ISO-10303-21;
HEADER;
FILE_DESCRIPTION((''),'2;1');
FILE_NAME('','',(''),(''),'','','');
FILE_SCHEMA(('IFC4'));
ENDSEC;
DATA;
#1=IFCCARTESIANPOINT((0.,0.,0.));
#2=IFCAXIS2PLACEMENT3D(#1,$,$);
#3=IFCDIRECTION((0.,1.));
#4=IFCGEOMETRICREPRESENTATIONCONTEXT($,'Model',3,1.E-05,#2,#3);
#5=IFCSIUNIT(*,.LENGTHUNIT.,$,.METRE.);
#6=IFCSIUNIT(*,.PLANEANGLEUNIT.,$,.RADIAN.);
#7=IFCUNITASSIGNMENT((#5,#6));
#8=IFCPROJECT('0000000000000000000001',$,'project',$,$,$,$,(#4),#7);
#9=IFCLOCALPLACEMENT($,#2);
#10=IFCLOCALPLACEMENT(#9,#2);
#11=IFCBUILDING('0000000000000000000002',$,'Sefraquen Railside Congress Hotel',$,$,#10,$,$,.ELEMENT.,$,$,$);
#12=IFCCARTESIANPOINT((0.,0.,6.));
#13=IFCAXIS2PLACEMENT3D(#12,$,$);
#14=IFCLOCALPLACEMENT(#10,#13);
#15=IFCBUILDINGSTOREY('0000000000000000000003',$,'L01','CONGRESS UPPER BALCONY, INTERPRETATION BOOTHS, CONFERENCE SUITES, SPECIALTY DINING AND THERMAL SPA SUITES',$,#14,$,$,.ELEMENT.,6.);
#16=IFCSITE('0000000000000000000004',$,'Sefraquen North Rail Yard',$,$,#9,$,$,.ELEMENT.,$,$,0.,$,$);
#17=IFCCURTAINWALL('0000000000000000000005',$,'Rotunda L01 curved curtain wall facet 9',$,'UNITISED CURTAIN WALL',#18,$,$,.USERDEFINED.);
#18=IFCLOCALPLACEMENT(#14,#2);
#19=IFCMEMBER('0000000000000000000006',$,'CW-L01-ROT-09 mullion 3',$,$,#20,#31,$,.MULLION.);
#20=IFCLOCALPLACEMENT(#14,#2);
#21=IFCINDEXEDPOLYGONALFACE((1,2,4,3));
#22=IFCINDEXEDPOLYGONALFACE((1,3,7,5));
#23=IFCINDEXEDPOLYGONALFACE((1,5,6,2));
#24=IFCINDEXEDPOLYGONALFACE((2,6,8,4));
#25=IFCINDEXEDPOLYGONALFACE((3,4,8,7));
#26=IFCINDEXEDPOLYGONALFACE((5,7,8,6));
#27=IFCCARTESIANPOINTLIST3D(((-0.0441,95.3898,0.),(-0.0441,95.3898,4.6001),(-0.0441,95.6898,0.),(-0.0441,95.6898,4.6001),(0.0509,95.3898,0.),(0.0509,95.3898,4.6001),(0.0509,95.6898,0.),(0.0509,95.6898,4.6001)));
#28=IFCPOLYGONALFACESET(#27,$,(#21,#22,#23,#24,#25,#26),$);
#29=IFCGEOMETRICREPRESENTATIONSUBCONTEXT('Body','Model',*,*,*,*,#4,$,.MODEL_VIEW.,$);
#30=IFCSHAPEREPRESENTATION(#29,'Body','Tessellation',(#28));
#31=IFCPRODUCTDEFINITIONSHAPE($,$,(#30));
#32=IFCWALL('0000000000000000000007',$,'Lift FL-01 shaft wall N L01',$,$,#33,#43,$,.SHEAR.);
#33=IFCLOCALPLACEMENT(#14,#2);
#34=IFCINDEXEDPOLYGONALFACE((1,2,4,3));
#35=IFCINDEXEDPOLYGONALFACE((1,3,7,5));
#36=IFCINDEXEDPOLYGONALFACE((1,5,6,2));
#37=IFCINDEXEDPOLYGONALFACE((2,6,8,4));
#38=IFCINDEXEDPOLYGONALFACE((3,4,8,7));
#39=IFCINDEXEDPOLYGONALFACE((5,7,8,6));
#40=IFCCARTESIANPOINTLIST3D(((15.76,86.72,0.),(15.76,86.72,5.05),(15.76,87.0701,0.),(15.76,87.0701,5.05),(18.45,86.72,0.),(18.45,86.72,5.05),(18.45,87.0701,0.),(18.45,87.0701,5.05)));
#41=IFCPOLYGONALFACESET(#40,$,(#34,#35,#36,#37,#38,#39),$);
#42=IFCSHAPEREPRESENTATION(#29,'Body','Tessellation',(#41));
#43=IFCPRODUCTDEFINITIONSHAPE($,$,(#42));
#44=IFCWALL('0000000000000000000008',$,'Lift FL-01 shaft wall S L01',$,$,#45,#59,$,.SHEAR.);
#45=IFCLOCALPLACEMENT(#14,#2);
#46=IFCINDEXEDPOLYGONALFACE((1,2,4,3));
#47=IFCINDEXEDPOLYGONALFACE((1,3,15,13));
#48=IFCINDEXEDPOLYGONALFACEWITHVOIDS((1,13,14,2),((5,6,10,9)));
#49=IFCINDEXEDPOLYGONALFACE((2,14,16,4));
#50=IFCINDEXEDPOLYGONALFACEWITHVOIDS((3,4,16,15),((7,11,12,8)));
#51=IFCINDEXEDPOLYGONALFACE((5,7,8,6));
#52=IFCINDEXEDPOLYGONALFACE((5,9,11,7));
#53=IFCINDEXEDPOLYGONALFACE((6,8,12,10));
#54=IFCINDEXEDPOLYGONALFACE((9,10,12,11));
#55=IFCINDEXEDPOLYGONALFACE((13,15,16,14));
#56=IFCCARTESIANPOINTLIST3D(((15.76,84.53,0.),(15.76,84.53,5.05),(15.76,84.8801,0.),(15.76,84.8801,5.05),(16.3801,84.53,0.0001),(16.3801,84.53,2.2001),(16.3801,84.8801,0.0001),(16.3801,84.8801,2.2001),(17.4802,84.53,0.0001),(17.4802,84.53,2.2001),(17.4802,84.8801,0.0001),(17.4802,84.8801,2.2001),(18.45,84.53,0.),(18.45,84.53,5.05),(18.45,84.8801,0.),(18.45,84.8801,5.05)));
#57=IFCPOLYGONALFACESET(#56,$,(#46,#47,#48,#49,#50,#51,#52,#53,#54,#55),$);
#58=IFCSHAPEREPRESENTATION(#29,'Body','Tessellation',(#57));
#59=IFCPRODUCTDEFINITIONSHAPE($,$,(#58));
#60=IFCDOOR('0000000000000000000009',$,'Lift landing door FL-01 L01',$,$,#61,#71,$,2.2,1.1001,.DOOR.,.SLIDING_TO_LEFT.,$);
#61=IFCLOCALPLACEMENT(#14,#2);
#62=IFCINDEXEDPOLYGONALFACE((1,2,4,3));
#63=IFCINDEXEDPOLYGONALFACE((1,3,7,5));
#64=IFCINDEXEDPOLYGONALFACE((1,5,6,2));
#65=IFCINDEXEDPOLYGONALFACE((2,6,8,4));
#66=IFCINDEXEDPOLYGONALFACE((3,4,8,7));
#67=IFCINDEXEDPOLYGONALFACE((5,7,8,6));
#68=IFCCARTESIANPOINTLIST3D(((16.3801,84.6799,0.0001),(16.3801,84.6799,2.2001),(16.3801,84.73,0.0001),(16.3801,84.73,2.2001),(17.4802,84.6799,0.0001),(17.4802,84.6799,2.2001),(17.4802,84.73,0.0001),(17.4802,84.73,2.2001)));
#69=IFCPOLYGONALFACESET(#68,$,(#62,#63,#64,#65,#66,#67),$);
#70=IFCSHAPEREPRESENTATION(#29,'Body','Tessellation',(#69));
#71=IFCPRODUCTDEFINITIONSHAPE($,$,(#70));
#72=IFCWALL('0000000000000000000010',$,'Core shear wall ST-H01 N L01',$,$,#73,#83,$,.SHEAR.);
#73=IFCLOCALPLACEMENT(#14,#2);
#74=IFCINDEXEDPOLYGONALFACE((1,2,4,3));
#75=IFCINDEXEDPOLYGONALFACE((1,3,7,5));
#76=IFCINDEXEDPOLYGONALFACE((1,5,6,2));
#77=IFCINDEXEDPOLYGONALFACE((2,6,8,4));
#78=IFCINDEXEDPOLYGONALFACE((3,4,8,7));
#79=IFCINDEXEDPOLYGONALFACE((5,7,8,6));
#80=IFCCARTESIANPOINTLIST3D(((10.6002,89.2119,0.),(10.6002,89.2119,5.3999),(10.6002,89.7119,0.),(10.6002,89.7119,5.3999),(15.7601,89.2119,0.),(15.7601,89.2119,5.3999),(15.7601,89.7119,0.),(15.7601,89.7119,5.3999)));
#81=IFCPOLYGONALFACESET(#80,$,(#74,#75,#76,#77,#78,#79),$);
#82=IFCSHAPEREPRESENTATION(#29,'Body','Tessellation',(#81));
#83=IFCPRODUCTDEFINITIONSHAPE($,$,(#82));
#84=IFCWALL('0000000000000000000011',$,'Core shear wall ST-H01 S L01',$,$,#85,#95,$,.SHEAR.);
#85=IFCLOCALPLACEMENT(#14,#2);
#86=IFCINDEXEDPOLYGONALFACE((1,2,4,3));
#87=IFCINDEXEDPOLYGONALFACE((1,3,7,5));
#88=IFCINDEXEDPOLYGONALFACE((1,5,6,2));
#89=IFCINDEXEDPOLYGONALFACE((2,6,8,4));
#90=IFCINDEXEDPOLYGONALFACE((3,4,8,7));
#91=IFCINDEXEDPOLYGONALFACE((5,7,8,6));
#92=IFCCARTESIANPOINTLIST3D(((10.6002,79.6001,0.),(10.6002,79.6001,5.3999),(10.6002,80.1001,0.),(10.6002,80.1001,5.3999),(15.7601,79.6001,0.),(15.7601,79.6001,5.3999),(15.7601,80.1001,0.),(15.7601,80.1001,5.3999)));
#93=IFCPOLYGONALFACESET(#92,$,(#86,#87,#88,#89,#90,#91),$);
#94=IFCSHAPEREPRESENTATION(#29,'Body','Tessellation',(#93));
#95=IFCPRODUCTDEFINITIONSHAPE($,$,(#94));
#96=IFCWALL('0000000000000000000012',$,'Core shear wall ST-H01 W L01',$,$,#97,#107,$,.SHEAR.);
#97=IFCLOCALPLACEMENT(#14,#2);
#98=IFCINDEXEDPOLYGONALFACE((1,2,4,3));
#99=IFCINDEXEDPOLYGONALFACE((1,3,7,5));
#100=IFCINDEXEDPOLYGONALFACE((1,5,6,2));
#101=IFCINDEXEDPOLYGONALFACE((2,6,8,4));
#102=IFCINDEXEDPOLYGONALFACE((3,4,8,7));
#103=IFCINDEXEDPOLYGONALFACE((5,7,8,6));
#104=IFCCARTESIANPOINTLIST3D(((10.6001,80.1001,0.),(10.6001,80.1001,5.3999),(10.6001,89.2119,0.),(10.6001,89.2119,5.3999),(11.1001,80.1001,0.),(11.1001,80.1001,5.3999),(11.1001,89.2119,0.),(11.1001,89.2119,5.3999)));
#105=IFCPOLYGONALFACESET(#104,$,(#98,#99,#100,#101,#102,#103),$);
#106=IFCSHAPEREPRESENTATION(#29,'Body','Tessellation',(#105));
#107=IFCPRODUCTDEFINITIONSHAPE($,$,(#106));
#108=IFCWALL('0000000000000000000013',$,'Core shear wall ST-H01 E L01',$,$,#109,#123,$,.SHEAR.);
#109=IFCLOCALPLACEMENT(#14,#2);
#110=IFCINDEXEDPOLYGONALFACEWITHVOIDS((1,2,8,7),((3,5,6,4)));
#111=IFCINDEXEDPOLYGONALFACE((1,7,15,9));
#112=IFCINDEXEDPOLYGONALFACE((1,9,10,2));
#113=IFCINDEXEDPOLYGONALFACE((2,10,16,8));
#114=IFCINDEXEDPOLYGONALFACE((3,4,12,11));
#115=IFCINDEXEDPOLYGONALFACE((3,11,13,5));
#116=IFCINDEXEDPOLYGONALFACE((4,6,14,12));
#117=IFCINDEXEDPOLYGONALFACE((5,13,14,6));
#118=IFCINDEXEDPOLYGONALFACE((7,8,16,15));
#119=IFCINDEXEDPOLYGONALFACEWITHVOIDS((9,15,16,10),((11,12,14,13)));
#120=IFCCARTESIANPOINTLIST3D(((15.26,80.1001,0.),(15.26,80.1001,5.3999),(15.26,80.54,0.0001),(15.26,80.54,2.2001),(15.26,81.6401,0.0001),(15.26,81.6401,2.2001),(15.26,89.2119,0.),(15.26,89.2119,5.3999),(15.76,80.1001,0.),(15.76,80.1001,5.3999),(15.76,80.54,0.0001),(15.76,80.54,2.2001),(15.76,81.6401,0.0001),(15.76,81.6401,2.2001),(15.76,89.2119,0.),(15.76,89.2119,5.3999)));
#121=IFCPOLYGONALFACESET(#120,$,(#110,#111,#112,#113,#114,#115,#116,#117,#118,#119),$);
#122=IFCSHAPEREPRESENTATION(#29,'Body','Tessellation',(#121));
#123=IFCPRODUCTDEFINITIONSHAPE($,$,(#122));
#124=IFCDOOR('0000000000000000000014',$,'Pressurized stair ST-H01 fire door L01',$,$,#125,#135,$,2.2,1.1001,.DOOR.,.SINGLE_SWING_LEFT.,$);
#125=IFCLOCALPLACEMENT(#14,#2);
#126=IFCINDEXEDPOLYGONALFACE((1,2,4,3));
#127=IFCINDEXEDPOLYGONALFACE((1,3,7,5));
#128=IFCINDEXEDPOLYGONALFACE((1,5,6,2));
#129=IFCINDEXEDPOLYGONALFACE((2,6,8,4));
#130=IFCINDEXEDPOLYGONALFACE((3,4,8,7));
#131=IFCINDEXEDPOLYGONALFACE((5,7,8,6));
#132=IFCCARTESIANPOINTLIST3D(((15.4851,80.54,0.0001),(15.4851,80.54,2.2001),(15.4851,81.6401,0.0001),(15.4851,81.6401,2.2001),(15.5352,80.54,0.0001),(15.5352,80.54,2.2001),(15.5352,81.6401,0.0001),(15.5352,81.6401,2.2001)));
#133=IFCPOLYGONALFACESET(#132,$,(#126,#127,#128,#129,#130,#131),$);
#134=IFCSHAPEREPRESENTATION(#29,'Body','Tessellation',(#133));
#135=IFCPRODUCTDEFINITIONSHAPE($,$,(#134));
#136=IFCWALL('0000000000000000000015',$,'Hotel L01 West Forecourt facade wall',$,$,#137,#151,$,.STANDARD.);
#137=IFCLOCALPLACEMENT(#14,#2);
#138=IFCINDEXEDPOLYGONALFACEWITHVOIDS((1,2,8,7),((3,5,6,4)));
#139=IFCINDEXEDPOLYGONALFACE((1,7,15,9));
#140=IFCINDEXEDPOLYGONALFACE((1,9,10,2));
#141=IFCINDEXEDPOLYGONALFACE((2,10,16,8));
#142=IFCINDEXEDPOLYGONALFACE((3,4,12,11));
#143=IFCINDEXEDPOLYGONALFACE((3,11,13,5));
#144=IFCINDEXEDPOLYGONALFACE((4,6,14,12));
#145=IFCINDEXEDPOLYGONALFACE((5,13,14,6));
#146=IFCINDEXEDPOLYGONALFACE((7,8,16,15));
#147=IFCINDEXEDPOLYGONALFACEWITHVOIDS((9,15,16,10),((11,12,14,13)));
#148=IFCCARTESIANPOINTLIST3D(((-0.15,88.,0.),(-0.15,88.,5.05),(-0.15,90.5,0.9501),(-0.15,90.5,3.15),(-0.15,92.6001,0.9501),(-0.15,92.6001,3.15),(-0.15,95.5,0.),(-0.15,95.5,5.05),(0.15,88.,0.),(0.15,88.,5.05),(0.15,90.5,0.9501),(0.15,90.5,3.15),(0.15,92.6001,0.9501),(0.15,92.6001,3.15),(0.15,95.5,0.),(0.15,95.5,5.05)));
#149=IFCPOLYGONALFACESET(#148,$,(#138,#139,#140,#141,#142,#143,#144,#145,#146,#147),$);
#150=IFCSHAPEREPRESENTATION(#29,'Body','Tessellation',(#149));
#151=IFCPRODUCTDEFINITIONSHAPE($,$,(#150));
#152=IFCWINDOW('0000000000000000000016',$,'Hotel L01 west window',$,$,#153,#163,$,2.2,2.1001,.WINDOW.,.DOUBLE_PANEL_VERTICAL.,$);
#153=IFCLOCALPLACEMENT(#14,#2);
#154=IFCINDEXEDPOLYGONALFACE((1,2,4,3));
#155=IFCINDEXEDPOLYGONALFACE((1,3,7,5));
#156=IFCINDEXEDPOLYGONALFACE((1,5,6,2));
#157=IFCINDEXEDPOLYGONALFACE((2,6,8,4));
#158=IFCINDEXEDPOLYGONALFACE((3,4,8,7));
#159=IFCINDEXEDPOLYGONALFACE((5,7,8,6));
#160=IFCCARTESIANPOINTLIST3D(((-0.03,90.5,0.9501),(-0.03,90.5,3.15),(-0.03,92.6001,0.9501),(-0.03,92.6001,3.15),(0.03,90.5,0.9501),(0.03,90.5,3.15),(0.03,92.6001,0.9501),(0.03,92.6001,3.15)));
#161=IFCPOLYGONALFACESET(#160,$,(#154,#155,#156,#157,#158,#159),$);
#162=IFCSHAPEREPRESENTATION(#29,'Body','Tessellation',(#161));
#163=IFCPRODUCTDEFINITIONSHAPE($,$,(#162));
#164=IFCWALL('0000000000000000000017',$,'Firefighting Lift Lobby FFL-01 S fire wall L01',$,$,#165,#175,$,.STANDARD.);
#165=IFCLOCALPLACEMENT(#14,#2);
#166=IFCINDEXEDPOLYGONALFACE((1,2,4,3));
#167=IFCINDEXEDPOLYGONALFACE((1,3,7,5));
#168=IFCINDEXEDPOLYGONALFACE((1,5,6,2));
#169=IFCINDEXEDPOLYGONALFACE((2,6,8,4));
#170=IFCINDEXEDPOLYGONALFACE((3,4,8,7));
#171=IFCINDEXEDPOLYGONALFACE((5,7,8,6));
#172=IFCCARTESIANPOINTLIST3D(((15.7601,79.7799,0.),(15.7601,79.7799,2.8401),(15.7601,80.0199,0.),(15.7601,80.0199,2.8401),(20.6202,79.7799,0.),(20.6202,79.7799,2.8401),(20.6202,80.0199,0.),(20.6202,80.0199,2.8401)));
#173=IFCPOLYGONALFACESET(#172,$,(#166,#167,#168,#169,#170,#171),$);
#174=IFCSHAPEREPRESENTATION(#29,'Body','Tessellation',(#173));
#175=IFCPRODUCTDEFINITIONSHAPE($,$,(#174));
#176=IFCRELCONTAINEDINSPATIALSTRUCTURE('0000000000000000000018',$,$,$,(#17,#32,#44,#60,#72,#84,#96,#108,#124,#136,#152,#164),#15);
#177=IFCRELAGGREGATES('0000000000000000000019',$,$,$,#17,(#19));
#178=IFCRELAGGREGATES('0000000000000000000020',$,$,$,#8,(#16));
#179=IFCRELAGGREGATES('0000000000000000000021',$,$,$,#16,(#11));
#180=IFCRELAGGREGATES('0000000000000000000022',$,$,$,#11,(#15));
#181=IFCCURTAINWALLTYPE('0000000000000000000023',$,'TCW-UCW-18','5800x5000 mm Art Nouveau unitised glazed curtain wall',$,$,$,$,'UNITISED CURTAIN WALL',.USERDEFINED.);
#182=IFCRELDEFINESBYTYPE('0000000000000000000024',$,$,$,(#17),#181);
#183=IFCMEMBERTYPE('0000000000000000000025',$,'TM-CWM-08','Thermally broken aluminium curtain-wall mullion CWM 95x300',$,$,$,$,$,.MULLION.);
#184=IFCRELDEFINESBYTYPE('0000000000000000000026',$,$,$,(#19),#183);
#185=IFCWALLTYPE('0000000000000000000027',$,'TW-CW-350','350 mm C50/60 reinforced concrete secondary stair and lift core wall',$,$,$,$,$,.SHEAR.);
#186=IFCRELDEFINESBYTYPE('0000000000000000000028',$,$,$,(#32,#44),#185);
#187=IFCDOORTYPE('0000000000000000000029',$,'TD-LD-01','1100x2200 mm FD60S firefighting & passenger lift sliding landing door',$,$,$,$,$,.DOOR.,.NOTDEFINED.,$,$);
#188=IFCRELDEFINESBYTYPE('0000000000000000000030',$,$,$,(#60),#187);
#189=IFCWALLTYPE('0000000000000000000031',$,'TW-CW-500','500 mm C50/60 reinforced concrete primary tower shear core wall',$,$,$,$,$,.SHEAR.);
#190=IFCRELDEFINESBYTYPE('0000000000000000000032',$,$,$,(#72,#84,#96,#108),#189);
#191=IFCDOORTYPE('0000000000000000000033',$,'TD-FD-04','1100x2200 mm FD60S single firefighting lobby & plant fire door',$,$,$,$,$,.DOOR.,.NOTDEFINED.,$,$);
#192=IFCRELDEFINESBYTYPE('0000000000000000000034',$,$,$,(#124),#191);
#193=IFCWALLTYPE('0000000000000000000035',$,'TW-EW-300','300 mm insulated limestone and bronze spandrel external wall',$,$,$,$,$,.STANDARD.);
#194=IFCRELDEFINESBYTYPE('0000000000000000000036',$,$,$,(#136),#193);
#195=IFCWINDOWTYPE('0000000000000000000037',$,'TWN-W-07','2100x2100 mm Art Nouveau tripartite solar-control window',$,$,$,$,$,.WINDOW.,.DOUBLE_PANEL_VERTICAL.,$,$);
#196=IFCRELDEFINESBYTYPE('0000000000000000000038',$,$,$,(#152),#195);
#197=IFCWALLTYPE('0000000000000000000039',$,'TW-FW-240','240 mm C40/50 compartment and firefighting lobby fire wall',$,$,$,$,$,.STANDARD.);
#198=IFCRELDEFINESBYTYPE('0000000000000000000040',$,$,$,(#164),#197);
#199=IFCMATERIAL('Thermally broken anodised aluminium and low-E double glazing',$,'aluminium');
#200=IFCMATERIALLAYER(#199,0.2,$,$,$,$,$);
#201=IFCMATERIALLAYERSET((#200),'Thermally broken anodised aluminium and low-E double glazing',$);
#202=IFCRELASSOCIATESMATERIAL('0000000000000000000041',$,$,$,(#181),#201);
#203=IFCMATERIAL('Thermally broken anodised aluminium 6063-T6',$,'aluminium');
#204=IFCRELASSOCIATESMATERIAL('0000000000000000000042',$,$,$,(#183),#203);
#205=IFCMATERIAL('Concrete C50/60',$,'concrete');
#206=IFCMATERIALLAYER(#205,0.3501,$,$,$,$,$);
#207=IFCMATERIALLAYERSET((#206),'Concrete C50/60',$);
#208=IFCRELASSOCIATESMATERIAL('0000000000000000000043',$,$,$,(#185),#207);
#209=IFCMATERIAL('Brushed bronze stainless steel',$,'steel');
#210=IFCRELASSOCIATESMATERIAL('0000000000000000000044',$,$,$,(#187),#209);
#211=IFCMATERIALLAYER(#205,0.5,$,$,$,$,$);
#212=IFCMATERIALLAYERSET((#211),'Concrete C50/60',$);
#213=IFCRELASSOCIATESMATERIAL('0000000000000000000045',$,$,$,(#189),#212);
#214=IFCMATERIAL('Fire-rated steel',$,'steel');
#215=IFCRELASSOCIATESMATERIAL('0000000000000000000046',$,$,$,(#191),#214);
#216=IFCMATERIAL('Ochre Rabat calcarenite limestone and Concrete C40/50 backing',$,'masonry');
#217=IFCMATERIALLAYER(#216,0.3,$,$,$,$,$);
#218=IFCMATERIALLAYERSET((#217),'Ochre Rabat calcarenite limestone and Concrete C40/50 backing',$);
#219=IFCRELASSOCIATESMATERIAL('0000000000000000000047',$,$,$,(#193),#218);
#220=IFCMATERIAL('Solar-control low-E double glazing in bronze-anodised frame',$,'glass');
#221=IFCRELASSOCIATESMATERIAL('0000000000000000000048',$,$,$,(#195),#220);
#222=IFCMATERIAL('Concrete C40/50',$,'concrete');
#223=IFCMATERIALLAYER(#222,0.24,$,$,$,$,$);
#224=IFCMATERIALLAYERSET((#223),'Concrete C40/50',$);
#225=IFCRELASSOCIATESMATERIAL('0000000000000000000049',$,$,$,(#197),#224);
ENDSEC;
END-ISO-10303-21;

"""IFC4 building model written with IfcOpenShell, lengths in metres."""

from ifc_helpers import new_model, si_unit, direction, frame, frame_2d, origin, origin_2d, place, context, subcontext, project, spatial, rectangle, extrude, material, layer, layer_set, material_profile, profile_set, type_object, element, fill, aggregate, save


model = new_model("IFC4")

# Units and contexts
model_context = context("Model", 3, precision=1e-05, world=origin(), true_north=direction((0.0, 1.0)))
body_context = subcontext(model_context, "Body", "Model", "MODEL_VIEW")
ifc_project = project(units=[si_unit("LENGTHUNIT", "METRE"), si_unit("PLANEANGLEUNIT", "RADIAN")], contexts=[model_context])

# Site, building, storey
site_placement = place(None, origin())
site = spatial("IfcSite", under=ifc_project, at=site_placement, Name="Sefraquen North Rail Yard", CompositionType="ELEMENT", RefElevation=0.0)
building_placement = place(site_placement, origin())
building = spatial("IfcBuilding", under=site, at=building_placement, Name="Sefraquen Railside Congress Hotel", CompositionType="ELEMENT")
storey_placement = place(building_placement, frame((0.0, 0.0, 6.0)))
storey = spatial("IfcBuildingStorey", under=building, at=storey_placement, Name="L01", Description="CONGRESS UPPER BALCONY, INTERPRETATION BOOTHS, CONFERENCE SUITES, SPECIALTY DINING AND THERMAL SPA SUITES", CompositionType="ELEMENT", Elevation=6.0)

# Curtain wall, member
ifc_material_1 = material(Name="Thermally broken anodised aluminium and low-E double glazing", Category="aluminium")
ifc_layer_1 = layer(ifc_material_1, 0.2)
ifc_layer_set_1 = layer_set([ifc_layer_1], Name="Thermally broken anodised aluminium and low-E double glazing")
curtain_wall_type = type_object("IfcCurtainWallType", Name="TCW-UCW-18", Description="5800x5000 mm Art Nouveau unitised glazed curtain wall", ElementType="UNITISED CURTAIN WALL", PredefinedType="USERDEFINED", material=ifc_layer_set_1)
curtain_wall_placement = place(storey_placement, origin())
curtain_wall = element("IfcCurtainWall", 1, at=curtain_wall_placement, inside=storey, type_object=curtain_wall_type, Name="Rotunda L01 curved curtain wall facet 9", ObjectType="UNITISED CURTAIN WALL", PredefinedType="USERDEFINED")
ifc_material_2 = material(Name="Thermally broken anodised aluminium 6063-T6", Category="aluminium")
ifc_material_profile_1 = material_profile(ifc_material_2, rectangle(XDim=0.095, YDim=0.3, at=origin_2d()), Name="CWM 95x300")
ifc_profile_set_1 = profile_set([ifc_material_profile_1], Name="Thermally broken anodised aluminium 6063-T6")
member_type = type_object("IfcMemberType", Name="TM-CWM-08", Description="Thermally broken aluminium curtain-wall mullion CWM 95x300", PredefinedType="MULLION", material=ifc_profile_set_1)
member_placement = place(storey_placement, frame((0.0034, 95.5398, 0.0), z_axis=(0.0, 0.0, 1.0), x_axis=(1.0, 0.0, 0.0)))
member = element("IfcMember", 2, at=member_placement, type_object=member_type, Name="CW-L01-ROT-09 mullion 3", PredefinedType="MULLION", context=body_context, shape_type="SweptSolid", body=[
    extrude(rectangle(XDim=0.095, YDim=0.3, at=origin_2d()), origin(), (0.0, 0.0, 1.0), 4.6001),
])
aggregate(curtain_wall, [member])

# Wall
ifc_material_3 = material(Name="Concrete C50/60", Category="concrete")
ifc_layer_2 = layer(ifc_material_3, 0.3501)
ifc_layer_set_2 = layer_set([ifc_layer_2], Name="Concrete C50/60")
wall_type_1 = type_object("IfcWallType", Name="TW-CW-350", Description="350 mm C50/60 reinforced concrete secondary stair and lift core wall", PredefinedType="SHEAR", material=ifc_layer_set_2)
wall_1_placement = place(storey_placement, frame((15.76, 86.895, 0.0), z_axis=(0.0, 0.0, 1.0), x_axis=(1.0, 0.0, 0.0)))
element("IfcWall", 3, at=wall_1_placement, inside=storey, type_object=wall_type_1, Name="Lift FL-01 shaft wall N L01", PredefinedType="SHEAR", context=body_context, shape_type="SweptSolid", body=[
    extrude(rectangle(XDim=2.6899, YDim=0.3501, at=frame_2d((1.345, 0.0))), origin(), (0.0, 0.0, 1.0), 5.05),
])

# Wall, opening, door
wall_2_placement = place(storey_placement, frame((15.76, 84.7051, 0.0), z_axis=(0.0, 0.0, 1.0), x_axis=(1.0, 0.0, 0.0)))
wall_2 = element("IfcWall", 4, at=wall_2_placement, inside=storey, type_object=wall_type_1, Name="Lift FL-01 shaft wall S L01", PredefinedType="SHEAR", context=body_context, shape_type="SweptSolid", body=[
    extrude(rectangle(XDim=2.6899, YDim=0.3501, at=frame_2d((1.345, 0.0))), origin(), (0.0, 0.0, 1.0), 5.05),
])
opening_1_placement = place(wall_2_placement, frame((0.6201, 0.0, 0.0)))
opening_1 = element("IfcOpeningElement", 5, at=opening_1_placement, cuts=wall_2, PredefinedType="OPENING", context=body_context, shape_type="SweptSolid", body=[
    extrude(rectangle(XDim=1.1001, YDim=2.2, at=frame_2d((0.55, 1.1001))), frame((0.0, 0.1851, 0.0), z_axis=(0.0, -1.0, 0.0), x_axis=(1.0, 0.0, 0.0)), (0.0, 0.0, 1.0), 0.3701),
])
ifc_material_4 = material(Name="Brushed bronze stainless steel", Category="steel")
door_type_1 = type_object("IfcDoorType", Name="TD-LD-01", Description="1100x2200 mm FD60S firefighting & passenger lift sliding landing door", OperationType="NOTDEFINED", PredefinedType="DOOR", material=ifc_material_4)
door_1_placement = place(opening_1_placement, origin())
door_1 = element("IfcDoor", 6, at=door_1_placement, inside=storey, type_object=door_type_1, Name="Lift landing door FL-01 L01", OperationType="SLIDING_TO_LEFT", OverallHeight=2.2, OverallWidth=1.1001, PredefinedType="DOOR", context=body_context, shape_type="SweptSolid", body=[
    extrude(rectangle(XDim=1.1001, YDim=2.2, at=frame_2d((0.55, 1.1001))), frame((0.0, 0.0249, 0.0), z_axis=(0.0, -1.0, 0.0), x_axis=(1.0, 0.0, 0.0)), (0.0, 0.0, 1.0), 0.05),
])
fill(opening_1, door_1)

# Walls
ifc_layer_3 = layer(ifc_material_3, 0.5)
ifc_layer_set_3 = layer_set([ifc_layer_3], Name="Concrete C50/60")
wall_type_2 = type_object("IfcWallType", Name="TW-CW-500", Description="500 mm C50/60 reinforced concrete primary tower shear core wall", PredefinedType="SHEAR", material=ifc_layer_set_3)
for number, where, z_axis, x_axis, name in (
    (7, (10.6001, 89.4619, 0.0), (0.0, 0.0, 1.0), (1.0, 0.0, 0.0), "Core shear wall ST-H01 N L01"),
    (8, (10.6001, 79.8501, 0.0), (0.0, 0.0, 1.0), (1.0, 0.0, 0.0), "Core shear wall ST-H01 S L01"),
):
    element("IfcWall", number, at=place(storey_placement, frame(where, z_axis=z_axis, x_axis=x_axis)), inside=storey, type_object=wall_type_2, Name=name, PredefinedType="SHEAR", context=body_context, shape_type="SweptSolid", body=[
        extrude(rectangle(XDim=5.1599, YDim=0.5, at=frame_2d((2.5801, 0.0))), origin(), (0.0, 0.0, 1.0), 5.3999),
    ])
wall_3_placement = place(storey_placement, frame((10.8501, 80.1001, 0.0), z_axis=(0.0, 0.0, 1.0), x_axis=(0.0, 1.0, 0.0)))
element("IfcWall", 9, at=wall_3_placement, inside=storey, type_object=wall_type_2, Name="Core shear wall ST-H01 W L01", PredefinedType="SHEAR", context=body_context, shape_type="SweptSolid", body=[
    extrude(rectangle(XDim=9.1118, YDim=0.5, at=frame_2d((4.5559, 0.0))), origin(), (0.0, 0.0, 1.0), 5.3999),
])

# Wall, opening, door
wall_4_placement = place(storey_placement, frame((15.51, 80.1001, 0.0), z_axis=(0.0, 0.0, 1.0), x_axis=(0.0, 1.0, 0.0)))
wall_4 = element("IfcWall", 10, at=wall_4_placement, inside=storey, type_object=wall_type_2, Name="Core shear wall ST-H01 E L01", PredefinedType="SHEAR", context=body_context, shape_type="SweptSolid", body=[
    extrude(rectangle(XDim=9.1118, YDim=0.5, at=frame_2d((4.5559, 0.0))), origin(), (0.0, 0.0, 1.0), 5.3999),
])
opening_2_placement = place(wall_4_placement, frame((0.4399, 0.0, 0.0)))
opening_2 = element("IfcOpeningElement", 11, at=opening_2_placement, cuts=wall_4, PredefinedType="OPENING", context=body_context, shape_type="SweptSolid", body=[
    extrude(rectangle(XDim=1.1001, YDim=2.2, at=frame_2d((0.55, 1.1001))), frame((0.0, 0.26, 0.0), z_axis=(0.0, -1.0, 0.0), x_axis=(1.0, 0.0, 0.0)), (0.0, 0.0, 1.0), 0.52),
])
ifc_material_5 = material(Name="Fire-rated steel", Category="steel")
door_type_2 = type_object("IfcDoorType", Name="TD-FD-04", Description="1100x2200 mm FD60S single firefighting lobby & plant fire door", OperationType="NOTDEFINED", PredefinedType="DOOR", material=ifc_material_5)
door_2_placement = place(opening_2_placement, origin())
door_2 = element("IfcDoor", 12, at=door_2_placement, inside=storey, type_object=door_type_2, Name="Pressurized stair ST-H01 fire door L01", OperationType="SINGLE_SWING_LEFT", OverallHeight=2.2, OverallWidth=1.1001, PredefinedType="DOOR", context=body_context, shape_type="SweptSolid", body=[
    extrude(rectangle(XDim=1.1001, YDim=2.2, at=frame_2d((0.55, 1.1001))), frame((0.0, 0.0249, 0.0), z_axis=(0.0, -1.0, 0.0), x_axis=(1.0, 0.0, 0.0)), (0.0, 0.0, 1.0), 0.05),
])
fill(opening_2, door_2)

# Wall, opening, window
ifc_material_6 = material(Name="Ochre Rabat calcarenite limestone and Concrete C40/50 backing", Category="masonry")
ifc_layer_4 = layer(ifc_material_6, 0.3)
ifc_layer_set_4 = layer_set([ifc_layer_4], Name="Ochre Rabat calcarenite limestone and Concrete C40/50 backing")
wall_type_3 = type_object("IfcWallType", Name="TW-EW-300", Description="300 mm insulated limestone and bronze spandrel external wall", PredefinedType="STANDARD", material=ifc_layer_set_4)
wall_5_placement = place(storey_placement, frame((0.0, 88.0, 0.0), z_axis=(0.0, 0.0, 1.0), x_axis=(0.0, 1.0, 0.0)))
wall_5 = element("IfcWall", 13, at=wall_5_placement, inside=storey, type_object=wall_type_3, Name="Hotel L01 West Forecourt facade wall", PredefinedType="STANDARD", context=body_context, shape_type="SweptSolid", body=[
    extrude(rectangle(XDim=7.5, YDim=0.3, at=frame_2d((3.75, 0.0))), origin(), (0.0, 0.0, 1.0), 5.05),
])
opening_3_placement = place(wall_5_placement, frame((2.5, 0.0, 0.95)))
opening_3 = element("IfcOpeningElement", 14, at=opening_3_placement, cuts=wall_5, PredefinedType="OPENING", context=body_context, shape_type="SweptSolid", body=[
    extrude(rectangle(XDim=2.1001, YDim=2.2, at=frame_2d((1.05, 1.1001))), frame((0.0, 0.1599, 0.0), z_axis=(0.0, -1.0, 0.0), x_axis=(1.0, 0.0, 0.0)), (0.0, 0.0, 1.0), 0.3201),
])
ifc_material_7 = material(Name="Solar-control low-E double glazing in bronze-anodised frame", Category="glass")
window_type = type_object("IfcWindowType", Name="TWN-W-07", Description="2100x2100 mm Art Nouveau tripartite solar-control window", PartitioningType="DOUBLE_PANEL_VERTICAL", PredefinedType="WINDOW", material=ifc_material_7)
window_placement = place(opening_3_placement, origin())
window = element("IfcWindow", 15, at=window_placement, inside=storey, type_object=window_type, Name="Hotel L01 west window", OverallHeight=2.2, OverallWidth=2.1001, PartitioningType="DOUBLE_PANEL_VERTICAL", PredefinedType="WINDOW", context=body_context, shape_type="SweptSolid", body=[
    extrude(rectangle(XDim=2.1001, YDim=2.2, at=frame_2d((1.05, 1.1001))), frame((0.0, 0.03, 0.0), z_axis=(0.0, -1.0, 0.0), x_axis=(1.0, 0.0, 0.0)), (0.0, 0.0, 1.0), 0.0601),
])
fill(opening_3, window)

# Wall
ifc_material_8 = material(Name="Concrete C40/50", Category="concrete")
ifc_layer_5 = layer(ifc_material_8, 0.24)
ifc_layer_set_5 = layer_set([ifc_layer_5], Name="Concrete C40/50")
wall_type_4 = type_object("IfcWallType", Name="TW-FW-240", Description="240 mm C40/50 compartment and firefighting lobby fire wall", PredefinedType="STANDARD", material=ifc_layer_set_5)
wall_6_placement = place(storey_placement, frame((15.76, 79.8999, 0.0), z_axis=(0.0, 0.0, 1.0), x_axis=(1.0, 0.0, 0.0)))
element("IfcWall", 16, at=wall_6_placement, inside=storey, type_object=wall_type_4, Name="Firefighting Lift Lobby FFL-01 S fire wall L01", PredefinedType="STANDARD", context=body_context, shape_type="SweptSolid", body=[
    extrude(rectangle(XDim=4.8601, YDim=0.24, at=frame_2d((2.4302, 0.0))), origin(), (0.0, 0.0, 1.0), 2.8401),
])

save(model, "model.ifc")
